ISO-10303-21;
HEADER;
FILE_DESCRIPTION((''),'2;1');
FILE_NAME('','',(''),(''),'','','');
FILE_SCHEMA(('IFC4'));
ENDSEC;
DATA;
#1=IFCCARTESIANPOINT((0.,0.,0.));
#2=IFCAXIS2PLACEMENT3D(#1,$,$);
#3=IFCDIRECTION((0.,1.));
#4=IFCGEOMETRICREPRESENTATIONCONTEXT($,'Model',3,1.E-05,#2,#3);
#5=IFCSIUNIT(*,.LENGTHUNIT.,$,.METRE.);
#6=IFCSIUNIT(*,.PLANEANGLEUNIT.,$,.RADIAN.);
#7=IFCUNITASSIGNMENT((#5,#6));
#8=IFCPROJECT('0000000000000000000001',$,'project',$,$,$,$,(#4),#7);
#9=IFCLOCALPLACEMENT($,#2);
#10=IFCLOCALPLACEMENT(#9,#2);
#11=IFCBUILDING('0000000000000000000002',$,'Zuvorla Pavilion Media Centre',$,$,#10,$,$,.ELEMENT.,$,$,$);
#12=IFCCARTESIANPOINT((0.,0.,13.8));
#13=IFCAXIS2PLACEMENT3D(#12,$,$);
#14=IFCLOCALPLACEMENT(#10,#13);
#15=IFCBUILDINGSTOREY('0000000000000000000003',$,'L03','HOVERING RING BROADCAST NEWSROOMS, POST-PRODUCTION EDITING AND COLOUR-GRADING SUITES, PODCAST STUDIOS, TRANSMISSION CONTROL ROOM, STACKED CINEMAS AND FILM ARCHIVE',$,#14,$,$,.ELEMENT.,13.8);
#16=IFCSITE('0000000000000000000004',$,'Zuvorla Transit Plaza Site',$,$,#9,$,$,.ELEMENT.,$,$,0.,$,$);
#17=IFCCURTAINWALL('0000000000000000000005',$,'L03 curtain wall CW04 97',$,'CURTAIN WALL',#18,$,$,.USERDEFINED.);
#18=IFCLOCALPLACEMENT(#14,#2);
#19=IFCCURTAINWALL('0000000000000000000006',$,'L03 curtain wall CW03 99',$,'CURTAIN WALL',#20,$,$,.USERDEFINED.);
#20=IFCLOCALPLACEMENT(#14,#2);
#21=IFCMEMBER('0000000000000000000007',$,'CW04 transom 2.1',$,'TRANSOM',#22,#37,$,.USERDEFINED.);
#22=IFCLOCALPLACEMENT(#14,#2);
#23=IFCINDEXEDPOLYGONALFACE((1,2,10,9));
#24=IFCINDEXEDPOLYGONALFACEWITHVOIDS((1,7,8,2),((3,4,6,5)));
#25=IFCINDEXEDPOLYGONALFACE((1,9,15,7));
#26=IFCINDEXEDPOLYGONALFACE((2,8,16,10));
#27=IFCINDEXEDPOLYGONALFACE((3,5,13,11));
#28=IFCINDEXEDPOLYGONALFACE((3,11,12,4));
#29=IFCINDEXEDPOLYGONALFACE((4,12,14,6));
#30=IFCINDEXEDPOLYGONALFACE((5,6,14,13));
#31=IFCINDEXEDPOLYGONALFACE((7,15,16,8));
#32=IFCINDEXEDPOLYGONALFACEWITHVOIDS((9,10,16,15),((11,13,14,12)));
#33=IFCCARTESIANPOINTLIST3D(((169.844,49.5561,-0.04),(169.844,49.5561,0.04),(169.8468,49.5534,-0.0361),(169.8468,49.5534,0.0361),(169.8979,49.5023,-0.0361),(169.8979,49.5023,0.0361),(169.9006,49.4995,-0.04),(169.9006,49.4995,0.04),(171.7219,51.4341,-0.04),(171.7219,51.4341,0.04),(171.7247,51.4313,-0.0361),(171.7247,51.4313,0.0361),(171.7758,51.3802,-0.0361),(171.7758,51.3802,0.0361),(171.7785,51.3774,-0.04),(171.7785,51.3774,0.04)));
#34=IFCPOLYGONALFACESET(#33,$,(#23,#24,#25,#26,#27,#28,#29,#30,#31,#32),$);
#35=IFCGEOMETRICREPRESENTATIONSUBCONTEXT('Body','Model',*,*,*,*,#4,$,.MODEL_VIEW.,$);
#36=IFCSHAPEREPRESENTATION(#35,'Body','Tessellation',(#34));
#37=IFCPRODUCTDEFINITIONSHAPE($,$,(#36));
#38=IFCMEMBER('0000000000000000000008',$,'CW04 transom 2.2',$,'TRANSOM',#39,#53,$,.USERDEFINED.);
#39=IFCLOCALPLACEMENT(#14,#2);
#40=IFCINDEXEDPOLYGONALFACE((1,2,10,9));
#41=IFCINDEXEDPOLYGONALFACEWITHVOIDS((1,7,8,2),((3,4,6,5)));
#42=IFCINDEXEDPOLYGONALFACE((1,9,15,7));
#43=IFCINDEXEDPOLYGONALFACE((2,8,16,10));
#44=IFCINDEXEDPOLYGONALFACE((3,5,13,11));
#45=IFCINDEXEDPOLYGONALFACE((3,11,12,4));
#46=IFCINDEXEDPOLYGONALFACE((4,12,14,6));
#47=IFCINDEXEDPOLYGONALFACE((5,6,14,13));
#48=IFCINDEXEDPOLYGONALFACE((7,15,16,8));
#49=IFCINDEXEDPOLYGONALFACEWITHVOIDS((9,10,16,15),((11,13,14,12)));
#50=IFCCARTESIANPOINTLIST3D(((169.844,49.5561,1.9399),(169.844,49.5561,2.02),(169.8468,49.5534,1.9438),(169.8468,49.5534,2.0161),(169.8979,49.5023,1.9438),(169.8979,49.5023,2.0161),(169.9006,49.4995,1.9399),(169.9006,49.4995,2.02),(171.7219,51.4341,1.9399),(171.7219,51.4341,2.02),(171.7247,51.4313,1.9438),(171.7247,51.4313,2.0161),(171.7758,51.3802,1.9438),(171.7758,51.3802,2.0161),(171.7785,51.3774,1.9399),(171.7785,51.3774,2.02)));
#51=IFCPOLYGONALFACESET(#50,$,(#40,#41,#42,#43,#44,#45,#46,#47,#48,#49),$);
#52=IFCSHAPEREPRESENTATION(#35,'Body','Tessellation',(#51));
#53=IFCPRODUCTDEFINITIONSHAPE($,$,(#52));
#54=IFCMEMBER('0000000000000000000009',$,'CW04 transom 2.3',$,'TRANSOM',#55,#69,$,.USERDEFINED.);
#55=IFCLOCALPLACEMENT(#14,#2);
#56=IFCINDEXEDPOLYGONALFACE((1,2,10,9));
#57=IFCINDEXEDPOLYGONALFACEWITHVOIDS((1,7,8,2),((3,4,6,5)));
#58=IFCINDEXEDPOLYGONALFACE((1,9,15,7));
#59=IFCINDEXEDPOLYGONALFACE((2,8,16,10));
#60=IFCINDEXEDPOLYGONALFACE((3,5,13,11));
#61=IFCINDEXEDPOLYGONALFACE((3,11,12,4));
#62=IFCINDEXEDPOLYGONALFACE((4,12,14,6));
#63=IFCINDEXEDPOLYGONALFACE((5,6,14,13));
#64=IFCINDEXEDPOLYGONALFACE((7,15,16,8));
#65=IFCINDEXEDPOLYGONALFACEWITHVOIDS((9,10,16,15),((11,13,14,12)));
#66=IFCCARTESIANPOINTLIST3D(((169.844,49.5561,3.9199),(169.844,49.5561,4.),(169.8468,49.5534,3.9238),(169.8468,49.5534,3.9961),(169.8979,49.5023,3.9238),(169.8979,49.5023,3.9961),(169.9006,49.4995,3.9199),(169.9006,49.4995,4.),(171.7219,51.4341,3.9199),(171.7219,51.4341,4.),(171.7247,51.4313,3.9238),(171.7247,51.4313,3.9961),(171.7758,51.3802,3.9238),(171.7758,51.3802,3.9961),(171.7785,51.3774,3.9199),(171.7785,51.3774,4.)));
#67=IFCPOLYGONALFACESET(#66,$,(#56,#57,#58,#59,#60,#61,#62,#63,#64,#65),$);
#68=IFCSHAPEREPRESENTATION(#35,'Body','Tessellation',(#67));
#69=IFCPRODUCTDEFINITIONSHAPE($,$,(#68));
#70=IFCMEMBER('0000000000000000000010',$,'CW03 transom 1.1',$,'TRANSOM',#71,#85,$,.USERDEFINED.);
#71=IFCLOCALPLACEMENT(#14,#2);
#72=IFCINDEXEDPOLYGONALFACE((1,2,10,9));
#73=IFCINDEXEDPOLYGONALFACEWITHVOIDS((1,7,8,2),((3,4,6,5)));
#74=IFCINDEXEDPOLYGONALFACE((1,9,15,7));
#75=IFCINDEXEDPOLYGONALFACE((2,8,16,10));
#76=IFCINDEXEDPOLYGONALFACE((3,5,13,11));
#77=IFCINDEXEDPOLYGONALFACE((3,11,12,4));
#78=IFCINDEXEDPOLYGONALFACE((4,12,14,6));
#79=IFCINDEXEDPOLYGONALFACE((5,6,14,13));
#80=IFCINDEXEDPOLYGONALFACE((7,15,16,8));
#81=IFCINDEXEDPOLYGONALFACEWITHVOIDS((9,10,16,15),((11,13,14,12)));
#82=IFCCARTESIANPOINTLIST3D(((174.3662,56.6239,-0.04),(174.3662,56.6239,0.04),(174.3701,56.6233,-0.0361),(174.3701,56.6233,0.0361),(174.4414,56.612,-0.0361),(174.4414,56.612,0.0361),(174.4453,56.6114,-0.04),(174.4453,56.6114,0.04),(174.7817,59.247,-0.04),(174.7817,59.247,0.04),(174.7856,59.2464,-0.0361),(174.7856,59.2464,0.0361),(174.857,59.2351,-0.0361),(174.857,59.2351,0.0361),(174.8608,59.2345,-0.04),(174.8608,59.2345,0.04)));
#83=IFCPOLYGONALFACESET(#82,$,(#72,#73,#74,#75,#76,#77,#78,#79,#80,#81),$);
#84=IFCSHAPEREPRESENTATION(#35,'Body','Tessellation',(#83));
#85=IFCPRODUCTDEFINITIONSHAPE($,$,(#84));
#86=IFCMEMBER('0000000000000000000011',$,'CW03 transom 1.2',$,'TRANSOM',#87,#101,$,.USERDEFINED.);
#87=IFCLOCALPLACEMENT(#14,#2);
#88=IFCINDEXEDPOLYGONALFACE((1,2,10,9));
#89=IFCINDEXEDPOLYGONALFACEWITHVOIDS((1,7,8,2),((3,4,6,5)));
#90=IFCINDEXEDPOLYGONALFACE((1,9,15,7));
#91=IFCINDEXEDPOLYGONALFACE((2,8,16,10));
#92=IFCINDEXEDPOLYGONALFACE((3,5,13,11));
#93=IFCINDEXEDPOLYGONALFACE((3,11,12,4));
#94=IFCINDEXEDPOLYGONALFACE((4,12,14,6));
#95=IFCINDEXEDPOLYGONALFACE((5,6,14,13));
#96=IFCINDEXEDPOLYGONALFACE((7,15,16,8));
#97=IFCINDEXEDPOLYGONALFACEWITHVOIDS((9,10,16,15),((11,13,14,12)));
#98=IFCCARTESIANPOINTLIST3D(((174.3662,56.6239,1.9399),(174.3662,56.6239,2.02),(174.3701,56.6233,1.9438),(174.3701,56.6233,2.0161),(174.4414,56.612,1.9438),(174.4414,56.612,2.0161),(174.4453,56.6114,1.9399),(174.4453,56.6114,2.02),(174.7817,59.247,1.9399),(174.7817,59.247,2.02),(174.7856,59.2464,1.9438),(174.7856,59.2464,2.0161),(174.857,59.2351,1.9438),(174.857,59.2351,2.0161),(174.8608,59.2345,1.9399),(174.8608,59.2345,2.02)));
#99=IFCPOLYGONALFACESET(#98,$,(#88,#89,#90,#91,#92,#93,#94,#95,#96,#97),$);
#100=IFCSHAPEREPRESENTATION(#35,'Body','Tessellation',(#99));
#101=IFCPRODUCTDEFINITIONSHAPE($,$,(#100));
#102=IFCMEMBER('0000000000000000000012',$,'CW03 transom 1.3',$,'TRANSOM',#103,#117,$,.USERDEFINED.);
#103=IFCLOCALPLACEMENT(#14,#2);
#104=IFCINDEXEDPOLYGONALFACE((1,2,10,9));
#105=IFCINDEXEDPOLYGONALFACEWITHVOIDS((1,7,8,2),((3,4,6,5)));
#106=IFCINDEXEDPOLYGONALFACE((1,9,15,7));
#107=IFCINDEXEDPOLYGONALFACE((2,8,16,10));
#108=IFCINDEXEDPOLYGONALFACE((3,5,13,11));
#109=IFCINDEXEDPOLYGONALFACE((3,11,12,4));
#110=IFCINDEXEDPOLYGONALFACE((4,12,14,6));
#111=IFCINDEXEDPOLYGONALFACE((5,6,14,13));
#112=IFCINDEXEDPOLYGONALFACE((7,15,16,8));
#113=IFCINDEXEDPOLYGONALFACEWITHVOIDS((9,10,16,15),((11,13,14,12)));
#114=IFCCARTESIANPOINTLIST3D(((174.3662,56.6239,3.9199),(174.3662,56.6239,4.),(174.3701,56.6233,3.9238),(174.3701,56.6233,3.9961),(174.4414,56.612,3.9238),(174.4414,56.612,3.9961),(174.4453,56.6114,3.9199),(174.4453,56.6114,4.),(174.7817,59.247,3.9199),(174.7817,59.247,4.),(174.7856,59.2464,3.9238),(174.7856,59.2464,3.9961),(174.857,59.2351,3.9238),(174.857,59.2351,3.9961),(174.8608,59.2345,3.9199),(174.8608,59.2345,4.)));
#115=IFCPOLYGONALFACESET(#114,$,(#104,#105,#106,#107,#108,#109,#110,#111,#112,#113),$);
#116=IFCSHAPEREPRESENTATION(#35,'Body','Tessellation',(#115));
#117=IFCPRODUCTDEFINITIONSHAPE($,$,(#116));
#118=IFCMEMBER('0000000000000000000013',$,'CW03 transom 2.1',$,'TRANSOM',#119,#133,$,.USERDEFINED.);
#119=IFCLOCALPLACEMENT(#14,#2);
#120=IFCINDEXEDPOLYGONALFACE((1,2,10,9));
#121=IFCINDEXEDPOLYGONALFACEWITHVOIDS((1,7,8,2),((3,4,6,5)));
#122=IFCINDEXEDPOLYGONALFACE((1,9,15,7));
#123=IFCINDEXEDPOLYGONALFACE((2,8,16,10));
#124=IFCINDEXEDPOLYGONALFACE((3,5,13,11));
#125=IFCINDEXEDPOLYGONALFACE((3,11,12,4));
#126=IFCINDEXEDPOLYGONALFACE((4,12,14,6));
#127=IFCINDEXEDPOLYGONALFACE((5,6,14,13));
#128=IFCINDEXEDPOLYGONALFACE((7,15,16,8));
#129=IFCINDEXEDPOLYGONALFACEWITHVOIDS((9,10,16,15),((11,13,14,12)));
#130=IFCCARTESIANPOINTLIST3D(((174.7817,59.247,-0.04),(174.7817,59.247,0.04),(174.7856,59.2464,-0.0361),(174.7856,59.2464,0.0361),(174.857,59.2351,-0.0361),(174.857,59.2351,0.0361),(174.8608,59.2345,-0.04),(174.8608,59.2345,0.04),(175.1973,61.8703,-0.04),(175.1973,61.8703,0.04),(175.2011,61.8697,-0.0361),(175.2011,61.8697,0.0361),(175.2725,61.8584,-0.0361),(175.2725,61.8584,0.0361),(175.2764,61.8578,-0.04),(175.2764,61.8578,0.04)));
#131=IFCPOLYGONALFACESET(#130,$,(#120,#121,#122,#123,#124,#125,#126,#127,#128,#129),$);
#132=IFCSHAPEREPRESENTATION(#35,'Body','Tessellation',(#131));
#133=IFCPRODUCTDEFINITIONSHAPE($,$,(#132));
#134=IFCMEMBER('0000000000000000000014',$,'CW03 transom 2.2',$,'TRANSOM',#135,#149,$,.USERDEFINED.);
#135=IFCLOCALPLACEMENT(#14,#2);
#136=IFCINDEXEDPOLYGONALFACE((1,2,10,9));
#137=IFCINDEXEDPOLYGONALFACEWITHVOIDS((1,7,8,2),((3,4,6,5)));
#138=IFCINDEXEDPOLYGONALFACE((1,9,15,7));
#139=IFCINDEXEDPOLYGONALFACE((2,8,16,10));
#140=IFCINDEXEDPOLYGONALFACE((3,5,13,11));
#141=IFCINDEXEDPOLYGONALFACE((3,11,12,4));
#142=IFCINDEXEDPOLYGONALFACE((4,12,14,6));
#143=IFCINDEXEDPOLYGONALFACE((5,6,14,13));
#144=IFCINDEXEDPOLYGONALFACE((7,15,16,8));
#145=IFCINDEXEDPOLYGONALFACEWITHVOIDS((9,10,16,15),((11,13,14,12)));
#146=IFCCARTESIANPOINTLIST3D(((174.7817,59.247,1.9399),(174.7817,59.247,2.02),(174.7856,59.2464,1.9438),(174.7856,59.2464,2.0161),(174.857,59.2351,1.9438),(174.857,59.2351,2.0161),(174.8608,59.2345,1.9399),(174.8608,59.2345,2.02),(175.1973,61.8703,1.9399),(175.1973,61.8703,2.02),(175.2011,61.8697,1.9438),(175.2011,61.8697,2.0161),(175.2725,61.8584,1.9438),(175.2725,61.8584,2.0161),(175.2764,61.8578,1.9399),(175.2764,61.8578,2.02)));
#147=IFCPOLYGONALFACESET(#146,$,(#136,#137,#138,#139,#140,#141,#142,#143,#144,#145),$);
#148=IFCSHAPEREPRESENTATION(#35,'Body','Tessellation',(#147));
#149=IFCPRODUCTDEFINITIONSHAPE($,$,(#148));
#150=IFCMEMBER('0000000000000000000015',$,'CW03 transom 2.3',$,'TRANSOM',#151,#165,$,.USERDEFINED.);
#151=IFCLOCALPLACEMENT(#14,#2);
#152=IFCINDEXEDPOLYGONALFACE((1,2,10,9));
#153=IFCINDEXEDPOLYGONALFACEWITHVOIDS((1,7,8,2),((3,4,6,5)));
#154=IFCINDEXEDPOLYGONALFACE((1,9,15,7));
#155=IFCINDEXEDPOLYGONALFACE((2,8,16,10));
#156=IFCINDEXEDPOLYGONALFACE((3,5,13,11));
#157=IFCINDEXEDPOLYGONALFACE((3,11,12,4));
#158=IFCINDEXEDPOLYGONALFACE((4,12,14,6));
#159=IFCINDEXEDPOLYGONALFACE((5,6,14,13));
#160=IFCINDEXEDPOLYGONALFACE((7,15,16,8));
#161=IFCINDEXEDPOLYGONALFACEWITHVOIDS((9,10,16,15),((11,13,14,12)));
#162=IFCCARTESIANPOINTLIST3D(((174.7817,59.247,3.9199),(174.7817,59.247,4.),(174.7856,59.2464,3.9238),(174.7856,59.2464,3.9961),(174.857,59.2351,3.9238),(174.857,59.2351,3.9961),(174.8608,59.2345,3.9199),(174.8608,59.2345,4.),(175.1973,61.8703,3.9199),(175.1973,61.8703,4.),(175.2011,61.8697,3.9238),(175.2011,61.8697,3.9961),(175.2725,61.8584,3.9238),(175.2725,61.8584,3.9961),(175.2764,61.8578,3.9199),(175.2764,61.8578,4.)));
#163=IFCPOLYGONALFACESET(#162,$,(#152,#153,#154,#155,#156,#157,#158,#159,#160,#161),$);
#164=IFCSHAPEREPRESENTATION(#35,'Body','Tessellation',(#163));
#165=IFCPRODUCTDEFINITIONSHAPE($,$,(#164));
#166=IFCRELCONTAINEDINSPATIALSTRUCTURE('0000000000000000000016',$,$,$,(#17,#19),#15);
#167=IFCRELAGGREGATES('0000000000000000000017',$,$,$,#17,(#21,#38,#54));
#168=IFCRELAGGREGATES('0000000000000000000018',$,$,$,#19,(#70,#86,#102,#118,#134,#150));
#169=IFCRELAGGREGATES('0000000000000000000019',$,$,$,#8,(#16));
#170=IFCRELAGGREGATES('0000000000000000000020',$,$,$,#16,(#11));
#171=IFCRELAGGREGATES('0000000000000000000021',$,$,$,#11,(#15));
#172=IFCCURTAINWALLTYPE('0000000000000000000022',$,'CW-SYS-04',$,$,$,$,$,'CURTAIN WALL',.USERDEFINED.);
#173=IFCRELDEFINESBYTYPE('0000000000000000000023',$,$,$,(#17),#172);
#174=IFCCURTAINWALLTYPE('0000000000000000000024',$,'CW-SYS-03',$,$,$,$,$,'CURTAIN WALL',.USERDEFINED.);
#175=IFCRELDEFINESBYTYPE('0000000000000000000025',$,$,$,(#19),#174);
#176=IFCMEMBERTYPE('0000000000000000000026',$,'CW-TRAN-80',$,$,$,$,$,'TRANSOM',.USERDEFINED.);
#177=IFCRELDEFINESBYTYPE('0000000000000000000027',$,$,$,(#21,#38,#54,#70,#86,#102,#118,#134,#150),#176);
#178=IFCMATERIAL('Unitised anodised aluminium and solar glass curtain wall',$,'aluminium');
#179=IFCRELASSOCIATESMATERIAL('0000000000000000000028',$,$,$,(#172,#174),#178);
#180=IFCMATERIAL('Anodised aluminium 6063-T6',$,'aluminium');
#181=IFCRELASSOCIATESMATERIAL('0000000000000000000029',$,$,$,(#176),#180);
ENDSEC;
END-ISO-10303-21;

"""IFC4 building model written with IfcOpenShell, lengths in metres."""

from ifc_helpers import new_model, si_unit, direction, frame, origin, origin_2d, place, context, subcontext, project, spatial, hollow_rectangle, extrude, material, material_profile, profile_set, type_object, element, aggregate, save


model = new_model("IFC4")

# Units and contexts
model_context = context("Model", 3, precision=1e-05, world=origin(), true_north=direction((0.0, 1.0)))
body_context = subcontext(model_context, "Body", "Model", "MODEL_VIEW")
ifc_project = project(units=[si_unit("LENGTHUNIT", "METRE"), si_unit("PLANEANGLEUNIT", "RADIAN")], contexts=[model_context])

# Site, building, storey
site_placement = place(None, origin())
site = spatial("IfcSite", under=ifc_project, at=site_placement, Name="Zuvorla Transit Plaza Site", CompositionType="ELEMENT", RefElevation=0.0)
building_placement = place(site_placement, origin())
building = spatial("IfcBuilding", under=site, at=building_placement, Name="Zuvorla Pavilion Media Centre", CompositionType="ELEMENT")
storey_placement = place(building_placement, frame((0.0, 0.0, 13.8)))
storey = spatial("IfcBuildingStorey", under=building, at=storey_placement, Name="L03", Description="HOVERING RING BROADCAST NEWSROOMS, POST-PRODUCTION EDITING AND COLOUR-GRADING SUITES, PODCAST STUDIOS, TRANSMISSION CONTROL ROOM, STACKED CINEMAS AND FILM ARCHIVE", CompositionType="ELEMENT", Elevation=13.8)

# Curtain walls
ifc_material_1 = material(Name="Unitised anodised aluminium and solar glass curtain wall", Category="aluminium")
curtain_wall_type_1 = type_object("IfcCurtainWallType", Name="CW-SYS-04", ElementType="CURTAIN WALL", PredefinedType="USERDEFINED", material=ifc_material_1)
curtain_wall_1_placement = place(storey_placement, origin())
curtain_wall_1 = element("IfcCurtainWall", 1, at=curtain_wall_1_placement, inside=storey, type_object=curtain_wall_type_1, Name="L03 curtain wall CW04 97", ObjectType="CURTAIN WALL", PredefinedType="USERDEFINED")
ifc_material_2 = material(Name="Anodised aluminium 6063-T6", Category="aluminium")
curtain_wall_type_2 = type_object("IfcCurtainWallType", Name="CW-SYS-03", ElementType="CURTAIN WALL", PredefinedType="USERDEFINED", material=ifc_material_1)
curtain_wall_2_placement = place(storey_placement, origin())
curtain_wall_2 = element("IfcCurtainWall", 2, at=curtain_wall_2_placement, inside=storey, type_object=curtain_wall_type_2, Name="L03 curtain wall CW03 99", ObjectType="CURTAIN WALL", PredefinedType="USERDEFINED")

# Members
ifc_material_profile_1 = material_profile(ifc_material_2, hollow_rectangle(XDim=0.0801, YDim=0.0801, WallThickness=0.0039, at=origin_2d()), Name="ALU TRAN 80x80")
ifc_profile_set_1 = profile_set([ifc_material_profile_1], Name="Anodised aluminium 6063-T6")
member_type_1 = type_object("IfcMemberType", Name="CW-TRAN-80", ElementType="TRANSOM", PredefinedType="USERDEFINED", material=ifc_profile_set_1)
member_1_placement = place(storey_placement, frame((169.8723, 49.5278, 0.0), z_axis=(0.707107, 0.707107, 0.0), x_axis=(-0.707107, 0.707107, 0.0)))
member_1 = element("IfcMember", 3, at=member_1_placement, type_object=member_type_1, Name="CW04 transom 2.1", ObjectType="TRANSOM", PredefinedType="USERDEFINED", context=body_context, shape_type="SweptSolid", body=[
    extrude(hollow_rectangle(XDim=0.0801, YDim=0.0801, WallThickness=0.0039, at=origin_2d()), origin(), (0.0, 0.0, 1.0), 2.6558),
])
member_2_placement = place(storey_placement, frame((169.8723, 49.5278, 1.98), z_axis=(0.707107, 0.707107, 0.0), x_axis=(-0.707107, 0.707107, 0.0)))
member_2 = element("IfcMember", 4, at=member_2_placement, type_object=member_type_1, Name="CW04 transom 2.2", ObjectType="TRANSOM", PredefinedType="USERDEFINED", context=body_context, shape_type="SweptSolid", body=[
    extrude(hollow_rectangle(XDim=0.0801, YDim=0.0801, WallThickness=0.0039, at=origin_2d()), origin(), (0.0, 0.0, 1.0), 2.6558),
])
member_3_placement = place(storey_placement, frame((169.8723, 49.5278, 3.96), z_axis=(0.707107, 0.707107, 0.0), x_axis=(-0.707107, 0.707107, 0.0)))
member_3 = element("IfcMember", 5, at=member_3_placement, type_object=member_type_1, Name="CW04 transom 2.3", ObjectType="TRANSOM", PredefinedType="USERDEFINED", context=body_context, shape_type="SweptSolid", body=[
    extrude(hollow_rectangle(XDim=0.0801, YDim=0.0801, WallThickness=0.0039, at=origin_2d()), origin(), (0.0, 0.0, 1.0), 2.6558),
])
member_4_placement = place(storey_placement, frame((174.4058, 56.6177, 0.0), z_axis=(0.156463, 0.987684, 0.0), x_axis=(-0.987684, 0.156463, 0.0)))
member_4 = element("IfcMember", 6, at=member_4_placement, type_object=member_type_1, Name="CW03 transom 1.1", ObjectType="TRANSOM", PredefinedType="USERDEFINED", context=body_context, shape_type="SweptSolid", body=[
    extrude(hollow_rectangle(XDim=0.0801, YDim=0.0801, WallThickness=0.0039, at=origin_2d()), origin(), (0.0, 0.0, 1.0), 2.6558),
])
member_5_placement = place(storey_placement, frame((174.4058, 56.6177, 1.98), z_axis=(0.156463, 0.987684, 0.0), x_axis=(-0.987684, 0.156463, 0.0)))
member_5 = element("IfcMember", 7, at=member_5_placement, type_object=member_type_1, Name="CW03 transom 1.2", ObjectType="TRANSOM", PredefinedType="USERDEFINED", context=body_context, shape_type="SweptSolid", body=[
    extrude(hollow_rectangle(XDim=0.0801, YDim=0.0801, WallThickness=0.0039, at=origin_2d()), origin(), (0.0, 0.0, 1.0), 2.6558),
])
member_6_placement = place(storey_placement, frame((174.4058, 56.6177, 3.96), z_axis=(0.156463, 0.987684, 0.0), x_axis=(-0.987684, 0.156463, 0.0)))
member_6 = element("IfcMember", 8, at=member_6_placement, type_object=member_type_1, Name="CW03 transom 1.3", ObjectType="TRANSOM", PredefinedType="USERDEFINED", context=body_context, shape_type="SweptSolid", body=[
    extrude(hollow_rectangle(XDim=0.0801, YDim=0.0801, WallThickness=0.0039, at=origin_2d()), origin(), (0.0, 0.0, 1.0), 2.6558),
])
member_7_placement = place(storey_placement, frame((174.8213, 59.2407, 0.0), z_axis=(0.156449, 0.987686, 0.0), x_axis=(-0.987686, 0.156449, 0.0)))
member_7 = element("IfcMember", 9, at=member_7_placement, type_object=member_type_1, Name="CW03 transom 2.1", ObjectType="TRANSOM", PredefinedType="USERDEFINED", context=body_context, shape_type="SweptSolid", body=[
    extrude(hollow_rectangle(XDim=0.0801, YDim=0.0801, WallThickness=0.0039, at=origin_2d()), origin(), (0.0, 0.0, 1.0), 2.656),
])
member_8_placement = place(storey_placement, frame((174.8213, 59.2407, 1.98), z_axis=(0.156449, 0.987686, 0.0), x_axis=(-0.987686, 0.156449, 0.0)))
member_8 = element("IfcMember", 10, at=member_8_placement, type_object=member_type_1, Name="CW03 transom 2.2", ObjectType="TRANSOM", PredefinedType="USERDEFINED", context=body_context, shape_type="SweptSolid", body=[
    extrude(hollow_rectangle(XDim=0.0801, YDim=0.0801, WallThickness=0.0039, at=origin_2d()), origin(), (0.0, 0.0, 1.0), 2.656),
])
member_9_placement = place(storey_placement, frame((174.8213, 59.2407, 3.96), z_axis=(0.156449, 0.987686, 0.0), x_axis=(-0.987686, 0.156449, 0.0)))
member_9 = element("IfcMember", 11, at=member_9_placement, type_object=member_type_1, Name="CW03 transom 2.3", ObjectType="TRANSOM", PredefinedType="USERDEFINED", context=body_context, shape_type="SweptSolid", body=[
    extrude(hollow_rectangle(XDim=0.0801, YDim=0.0801, WallThickness=0.0039, at=origin_2d()), origin(), (0.0, 0.0, 1.0), 2.656),
])

aggregate(curtain_wall_1, [member_1, member_2, member_3])
aggregate(curtain_wall_2, [member_4, member_5, member_6, member_7, member_8, member_9])

save(model, "model.ifc")
